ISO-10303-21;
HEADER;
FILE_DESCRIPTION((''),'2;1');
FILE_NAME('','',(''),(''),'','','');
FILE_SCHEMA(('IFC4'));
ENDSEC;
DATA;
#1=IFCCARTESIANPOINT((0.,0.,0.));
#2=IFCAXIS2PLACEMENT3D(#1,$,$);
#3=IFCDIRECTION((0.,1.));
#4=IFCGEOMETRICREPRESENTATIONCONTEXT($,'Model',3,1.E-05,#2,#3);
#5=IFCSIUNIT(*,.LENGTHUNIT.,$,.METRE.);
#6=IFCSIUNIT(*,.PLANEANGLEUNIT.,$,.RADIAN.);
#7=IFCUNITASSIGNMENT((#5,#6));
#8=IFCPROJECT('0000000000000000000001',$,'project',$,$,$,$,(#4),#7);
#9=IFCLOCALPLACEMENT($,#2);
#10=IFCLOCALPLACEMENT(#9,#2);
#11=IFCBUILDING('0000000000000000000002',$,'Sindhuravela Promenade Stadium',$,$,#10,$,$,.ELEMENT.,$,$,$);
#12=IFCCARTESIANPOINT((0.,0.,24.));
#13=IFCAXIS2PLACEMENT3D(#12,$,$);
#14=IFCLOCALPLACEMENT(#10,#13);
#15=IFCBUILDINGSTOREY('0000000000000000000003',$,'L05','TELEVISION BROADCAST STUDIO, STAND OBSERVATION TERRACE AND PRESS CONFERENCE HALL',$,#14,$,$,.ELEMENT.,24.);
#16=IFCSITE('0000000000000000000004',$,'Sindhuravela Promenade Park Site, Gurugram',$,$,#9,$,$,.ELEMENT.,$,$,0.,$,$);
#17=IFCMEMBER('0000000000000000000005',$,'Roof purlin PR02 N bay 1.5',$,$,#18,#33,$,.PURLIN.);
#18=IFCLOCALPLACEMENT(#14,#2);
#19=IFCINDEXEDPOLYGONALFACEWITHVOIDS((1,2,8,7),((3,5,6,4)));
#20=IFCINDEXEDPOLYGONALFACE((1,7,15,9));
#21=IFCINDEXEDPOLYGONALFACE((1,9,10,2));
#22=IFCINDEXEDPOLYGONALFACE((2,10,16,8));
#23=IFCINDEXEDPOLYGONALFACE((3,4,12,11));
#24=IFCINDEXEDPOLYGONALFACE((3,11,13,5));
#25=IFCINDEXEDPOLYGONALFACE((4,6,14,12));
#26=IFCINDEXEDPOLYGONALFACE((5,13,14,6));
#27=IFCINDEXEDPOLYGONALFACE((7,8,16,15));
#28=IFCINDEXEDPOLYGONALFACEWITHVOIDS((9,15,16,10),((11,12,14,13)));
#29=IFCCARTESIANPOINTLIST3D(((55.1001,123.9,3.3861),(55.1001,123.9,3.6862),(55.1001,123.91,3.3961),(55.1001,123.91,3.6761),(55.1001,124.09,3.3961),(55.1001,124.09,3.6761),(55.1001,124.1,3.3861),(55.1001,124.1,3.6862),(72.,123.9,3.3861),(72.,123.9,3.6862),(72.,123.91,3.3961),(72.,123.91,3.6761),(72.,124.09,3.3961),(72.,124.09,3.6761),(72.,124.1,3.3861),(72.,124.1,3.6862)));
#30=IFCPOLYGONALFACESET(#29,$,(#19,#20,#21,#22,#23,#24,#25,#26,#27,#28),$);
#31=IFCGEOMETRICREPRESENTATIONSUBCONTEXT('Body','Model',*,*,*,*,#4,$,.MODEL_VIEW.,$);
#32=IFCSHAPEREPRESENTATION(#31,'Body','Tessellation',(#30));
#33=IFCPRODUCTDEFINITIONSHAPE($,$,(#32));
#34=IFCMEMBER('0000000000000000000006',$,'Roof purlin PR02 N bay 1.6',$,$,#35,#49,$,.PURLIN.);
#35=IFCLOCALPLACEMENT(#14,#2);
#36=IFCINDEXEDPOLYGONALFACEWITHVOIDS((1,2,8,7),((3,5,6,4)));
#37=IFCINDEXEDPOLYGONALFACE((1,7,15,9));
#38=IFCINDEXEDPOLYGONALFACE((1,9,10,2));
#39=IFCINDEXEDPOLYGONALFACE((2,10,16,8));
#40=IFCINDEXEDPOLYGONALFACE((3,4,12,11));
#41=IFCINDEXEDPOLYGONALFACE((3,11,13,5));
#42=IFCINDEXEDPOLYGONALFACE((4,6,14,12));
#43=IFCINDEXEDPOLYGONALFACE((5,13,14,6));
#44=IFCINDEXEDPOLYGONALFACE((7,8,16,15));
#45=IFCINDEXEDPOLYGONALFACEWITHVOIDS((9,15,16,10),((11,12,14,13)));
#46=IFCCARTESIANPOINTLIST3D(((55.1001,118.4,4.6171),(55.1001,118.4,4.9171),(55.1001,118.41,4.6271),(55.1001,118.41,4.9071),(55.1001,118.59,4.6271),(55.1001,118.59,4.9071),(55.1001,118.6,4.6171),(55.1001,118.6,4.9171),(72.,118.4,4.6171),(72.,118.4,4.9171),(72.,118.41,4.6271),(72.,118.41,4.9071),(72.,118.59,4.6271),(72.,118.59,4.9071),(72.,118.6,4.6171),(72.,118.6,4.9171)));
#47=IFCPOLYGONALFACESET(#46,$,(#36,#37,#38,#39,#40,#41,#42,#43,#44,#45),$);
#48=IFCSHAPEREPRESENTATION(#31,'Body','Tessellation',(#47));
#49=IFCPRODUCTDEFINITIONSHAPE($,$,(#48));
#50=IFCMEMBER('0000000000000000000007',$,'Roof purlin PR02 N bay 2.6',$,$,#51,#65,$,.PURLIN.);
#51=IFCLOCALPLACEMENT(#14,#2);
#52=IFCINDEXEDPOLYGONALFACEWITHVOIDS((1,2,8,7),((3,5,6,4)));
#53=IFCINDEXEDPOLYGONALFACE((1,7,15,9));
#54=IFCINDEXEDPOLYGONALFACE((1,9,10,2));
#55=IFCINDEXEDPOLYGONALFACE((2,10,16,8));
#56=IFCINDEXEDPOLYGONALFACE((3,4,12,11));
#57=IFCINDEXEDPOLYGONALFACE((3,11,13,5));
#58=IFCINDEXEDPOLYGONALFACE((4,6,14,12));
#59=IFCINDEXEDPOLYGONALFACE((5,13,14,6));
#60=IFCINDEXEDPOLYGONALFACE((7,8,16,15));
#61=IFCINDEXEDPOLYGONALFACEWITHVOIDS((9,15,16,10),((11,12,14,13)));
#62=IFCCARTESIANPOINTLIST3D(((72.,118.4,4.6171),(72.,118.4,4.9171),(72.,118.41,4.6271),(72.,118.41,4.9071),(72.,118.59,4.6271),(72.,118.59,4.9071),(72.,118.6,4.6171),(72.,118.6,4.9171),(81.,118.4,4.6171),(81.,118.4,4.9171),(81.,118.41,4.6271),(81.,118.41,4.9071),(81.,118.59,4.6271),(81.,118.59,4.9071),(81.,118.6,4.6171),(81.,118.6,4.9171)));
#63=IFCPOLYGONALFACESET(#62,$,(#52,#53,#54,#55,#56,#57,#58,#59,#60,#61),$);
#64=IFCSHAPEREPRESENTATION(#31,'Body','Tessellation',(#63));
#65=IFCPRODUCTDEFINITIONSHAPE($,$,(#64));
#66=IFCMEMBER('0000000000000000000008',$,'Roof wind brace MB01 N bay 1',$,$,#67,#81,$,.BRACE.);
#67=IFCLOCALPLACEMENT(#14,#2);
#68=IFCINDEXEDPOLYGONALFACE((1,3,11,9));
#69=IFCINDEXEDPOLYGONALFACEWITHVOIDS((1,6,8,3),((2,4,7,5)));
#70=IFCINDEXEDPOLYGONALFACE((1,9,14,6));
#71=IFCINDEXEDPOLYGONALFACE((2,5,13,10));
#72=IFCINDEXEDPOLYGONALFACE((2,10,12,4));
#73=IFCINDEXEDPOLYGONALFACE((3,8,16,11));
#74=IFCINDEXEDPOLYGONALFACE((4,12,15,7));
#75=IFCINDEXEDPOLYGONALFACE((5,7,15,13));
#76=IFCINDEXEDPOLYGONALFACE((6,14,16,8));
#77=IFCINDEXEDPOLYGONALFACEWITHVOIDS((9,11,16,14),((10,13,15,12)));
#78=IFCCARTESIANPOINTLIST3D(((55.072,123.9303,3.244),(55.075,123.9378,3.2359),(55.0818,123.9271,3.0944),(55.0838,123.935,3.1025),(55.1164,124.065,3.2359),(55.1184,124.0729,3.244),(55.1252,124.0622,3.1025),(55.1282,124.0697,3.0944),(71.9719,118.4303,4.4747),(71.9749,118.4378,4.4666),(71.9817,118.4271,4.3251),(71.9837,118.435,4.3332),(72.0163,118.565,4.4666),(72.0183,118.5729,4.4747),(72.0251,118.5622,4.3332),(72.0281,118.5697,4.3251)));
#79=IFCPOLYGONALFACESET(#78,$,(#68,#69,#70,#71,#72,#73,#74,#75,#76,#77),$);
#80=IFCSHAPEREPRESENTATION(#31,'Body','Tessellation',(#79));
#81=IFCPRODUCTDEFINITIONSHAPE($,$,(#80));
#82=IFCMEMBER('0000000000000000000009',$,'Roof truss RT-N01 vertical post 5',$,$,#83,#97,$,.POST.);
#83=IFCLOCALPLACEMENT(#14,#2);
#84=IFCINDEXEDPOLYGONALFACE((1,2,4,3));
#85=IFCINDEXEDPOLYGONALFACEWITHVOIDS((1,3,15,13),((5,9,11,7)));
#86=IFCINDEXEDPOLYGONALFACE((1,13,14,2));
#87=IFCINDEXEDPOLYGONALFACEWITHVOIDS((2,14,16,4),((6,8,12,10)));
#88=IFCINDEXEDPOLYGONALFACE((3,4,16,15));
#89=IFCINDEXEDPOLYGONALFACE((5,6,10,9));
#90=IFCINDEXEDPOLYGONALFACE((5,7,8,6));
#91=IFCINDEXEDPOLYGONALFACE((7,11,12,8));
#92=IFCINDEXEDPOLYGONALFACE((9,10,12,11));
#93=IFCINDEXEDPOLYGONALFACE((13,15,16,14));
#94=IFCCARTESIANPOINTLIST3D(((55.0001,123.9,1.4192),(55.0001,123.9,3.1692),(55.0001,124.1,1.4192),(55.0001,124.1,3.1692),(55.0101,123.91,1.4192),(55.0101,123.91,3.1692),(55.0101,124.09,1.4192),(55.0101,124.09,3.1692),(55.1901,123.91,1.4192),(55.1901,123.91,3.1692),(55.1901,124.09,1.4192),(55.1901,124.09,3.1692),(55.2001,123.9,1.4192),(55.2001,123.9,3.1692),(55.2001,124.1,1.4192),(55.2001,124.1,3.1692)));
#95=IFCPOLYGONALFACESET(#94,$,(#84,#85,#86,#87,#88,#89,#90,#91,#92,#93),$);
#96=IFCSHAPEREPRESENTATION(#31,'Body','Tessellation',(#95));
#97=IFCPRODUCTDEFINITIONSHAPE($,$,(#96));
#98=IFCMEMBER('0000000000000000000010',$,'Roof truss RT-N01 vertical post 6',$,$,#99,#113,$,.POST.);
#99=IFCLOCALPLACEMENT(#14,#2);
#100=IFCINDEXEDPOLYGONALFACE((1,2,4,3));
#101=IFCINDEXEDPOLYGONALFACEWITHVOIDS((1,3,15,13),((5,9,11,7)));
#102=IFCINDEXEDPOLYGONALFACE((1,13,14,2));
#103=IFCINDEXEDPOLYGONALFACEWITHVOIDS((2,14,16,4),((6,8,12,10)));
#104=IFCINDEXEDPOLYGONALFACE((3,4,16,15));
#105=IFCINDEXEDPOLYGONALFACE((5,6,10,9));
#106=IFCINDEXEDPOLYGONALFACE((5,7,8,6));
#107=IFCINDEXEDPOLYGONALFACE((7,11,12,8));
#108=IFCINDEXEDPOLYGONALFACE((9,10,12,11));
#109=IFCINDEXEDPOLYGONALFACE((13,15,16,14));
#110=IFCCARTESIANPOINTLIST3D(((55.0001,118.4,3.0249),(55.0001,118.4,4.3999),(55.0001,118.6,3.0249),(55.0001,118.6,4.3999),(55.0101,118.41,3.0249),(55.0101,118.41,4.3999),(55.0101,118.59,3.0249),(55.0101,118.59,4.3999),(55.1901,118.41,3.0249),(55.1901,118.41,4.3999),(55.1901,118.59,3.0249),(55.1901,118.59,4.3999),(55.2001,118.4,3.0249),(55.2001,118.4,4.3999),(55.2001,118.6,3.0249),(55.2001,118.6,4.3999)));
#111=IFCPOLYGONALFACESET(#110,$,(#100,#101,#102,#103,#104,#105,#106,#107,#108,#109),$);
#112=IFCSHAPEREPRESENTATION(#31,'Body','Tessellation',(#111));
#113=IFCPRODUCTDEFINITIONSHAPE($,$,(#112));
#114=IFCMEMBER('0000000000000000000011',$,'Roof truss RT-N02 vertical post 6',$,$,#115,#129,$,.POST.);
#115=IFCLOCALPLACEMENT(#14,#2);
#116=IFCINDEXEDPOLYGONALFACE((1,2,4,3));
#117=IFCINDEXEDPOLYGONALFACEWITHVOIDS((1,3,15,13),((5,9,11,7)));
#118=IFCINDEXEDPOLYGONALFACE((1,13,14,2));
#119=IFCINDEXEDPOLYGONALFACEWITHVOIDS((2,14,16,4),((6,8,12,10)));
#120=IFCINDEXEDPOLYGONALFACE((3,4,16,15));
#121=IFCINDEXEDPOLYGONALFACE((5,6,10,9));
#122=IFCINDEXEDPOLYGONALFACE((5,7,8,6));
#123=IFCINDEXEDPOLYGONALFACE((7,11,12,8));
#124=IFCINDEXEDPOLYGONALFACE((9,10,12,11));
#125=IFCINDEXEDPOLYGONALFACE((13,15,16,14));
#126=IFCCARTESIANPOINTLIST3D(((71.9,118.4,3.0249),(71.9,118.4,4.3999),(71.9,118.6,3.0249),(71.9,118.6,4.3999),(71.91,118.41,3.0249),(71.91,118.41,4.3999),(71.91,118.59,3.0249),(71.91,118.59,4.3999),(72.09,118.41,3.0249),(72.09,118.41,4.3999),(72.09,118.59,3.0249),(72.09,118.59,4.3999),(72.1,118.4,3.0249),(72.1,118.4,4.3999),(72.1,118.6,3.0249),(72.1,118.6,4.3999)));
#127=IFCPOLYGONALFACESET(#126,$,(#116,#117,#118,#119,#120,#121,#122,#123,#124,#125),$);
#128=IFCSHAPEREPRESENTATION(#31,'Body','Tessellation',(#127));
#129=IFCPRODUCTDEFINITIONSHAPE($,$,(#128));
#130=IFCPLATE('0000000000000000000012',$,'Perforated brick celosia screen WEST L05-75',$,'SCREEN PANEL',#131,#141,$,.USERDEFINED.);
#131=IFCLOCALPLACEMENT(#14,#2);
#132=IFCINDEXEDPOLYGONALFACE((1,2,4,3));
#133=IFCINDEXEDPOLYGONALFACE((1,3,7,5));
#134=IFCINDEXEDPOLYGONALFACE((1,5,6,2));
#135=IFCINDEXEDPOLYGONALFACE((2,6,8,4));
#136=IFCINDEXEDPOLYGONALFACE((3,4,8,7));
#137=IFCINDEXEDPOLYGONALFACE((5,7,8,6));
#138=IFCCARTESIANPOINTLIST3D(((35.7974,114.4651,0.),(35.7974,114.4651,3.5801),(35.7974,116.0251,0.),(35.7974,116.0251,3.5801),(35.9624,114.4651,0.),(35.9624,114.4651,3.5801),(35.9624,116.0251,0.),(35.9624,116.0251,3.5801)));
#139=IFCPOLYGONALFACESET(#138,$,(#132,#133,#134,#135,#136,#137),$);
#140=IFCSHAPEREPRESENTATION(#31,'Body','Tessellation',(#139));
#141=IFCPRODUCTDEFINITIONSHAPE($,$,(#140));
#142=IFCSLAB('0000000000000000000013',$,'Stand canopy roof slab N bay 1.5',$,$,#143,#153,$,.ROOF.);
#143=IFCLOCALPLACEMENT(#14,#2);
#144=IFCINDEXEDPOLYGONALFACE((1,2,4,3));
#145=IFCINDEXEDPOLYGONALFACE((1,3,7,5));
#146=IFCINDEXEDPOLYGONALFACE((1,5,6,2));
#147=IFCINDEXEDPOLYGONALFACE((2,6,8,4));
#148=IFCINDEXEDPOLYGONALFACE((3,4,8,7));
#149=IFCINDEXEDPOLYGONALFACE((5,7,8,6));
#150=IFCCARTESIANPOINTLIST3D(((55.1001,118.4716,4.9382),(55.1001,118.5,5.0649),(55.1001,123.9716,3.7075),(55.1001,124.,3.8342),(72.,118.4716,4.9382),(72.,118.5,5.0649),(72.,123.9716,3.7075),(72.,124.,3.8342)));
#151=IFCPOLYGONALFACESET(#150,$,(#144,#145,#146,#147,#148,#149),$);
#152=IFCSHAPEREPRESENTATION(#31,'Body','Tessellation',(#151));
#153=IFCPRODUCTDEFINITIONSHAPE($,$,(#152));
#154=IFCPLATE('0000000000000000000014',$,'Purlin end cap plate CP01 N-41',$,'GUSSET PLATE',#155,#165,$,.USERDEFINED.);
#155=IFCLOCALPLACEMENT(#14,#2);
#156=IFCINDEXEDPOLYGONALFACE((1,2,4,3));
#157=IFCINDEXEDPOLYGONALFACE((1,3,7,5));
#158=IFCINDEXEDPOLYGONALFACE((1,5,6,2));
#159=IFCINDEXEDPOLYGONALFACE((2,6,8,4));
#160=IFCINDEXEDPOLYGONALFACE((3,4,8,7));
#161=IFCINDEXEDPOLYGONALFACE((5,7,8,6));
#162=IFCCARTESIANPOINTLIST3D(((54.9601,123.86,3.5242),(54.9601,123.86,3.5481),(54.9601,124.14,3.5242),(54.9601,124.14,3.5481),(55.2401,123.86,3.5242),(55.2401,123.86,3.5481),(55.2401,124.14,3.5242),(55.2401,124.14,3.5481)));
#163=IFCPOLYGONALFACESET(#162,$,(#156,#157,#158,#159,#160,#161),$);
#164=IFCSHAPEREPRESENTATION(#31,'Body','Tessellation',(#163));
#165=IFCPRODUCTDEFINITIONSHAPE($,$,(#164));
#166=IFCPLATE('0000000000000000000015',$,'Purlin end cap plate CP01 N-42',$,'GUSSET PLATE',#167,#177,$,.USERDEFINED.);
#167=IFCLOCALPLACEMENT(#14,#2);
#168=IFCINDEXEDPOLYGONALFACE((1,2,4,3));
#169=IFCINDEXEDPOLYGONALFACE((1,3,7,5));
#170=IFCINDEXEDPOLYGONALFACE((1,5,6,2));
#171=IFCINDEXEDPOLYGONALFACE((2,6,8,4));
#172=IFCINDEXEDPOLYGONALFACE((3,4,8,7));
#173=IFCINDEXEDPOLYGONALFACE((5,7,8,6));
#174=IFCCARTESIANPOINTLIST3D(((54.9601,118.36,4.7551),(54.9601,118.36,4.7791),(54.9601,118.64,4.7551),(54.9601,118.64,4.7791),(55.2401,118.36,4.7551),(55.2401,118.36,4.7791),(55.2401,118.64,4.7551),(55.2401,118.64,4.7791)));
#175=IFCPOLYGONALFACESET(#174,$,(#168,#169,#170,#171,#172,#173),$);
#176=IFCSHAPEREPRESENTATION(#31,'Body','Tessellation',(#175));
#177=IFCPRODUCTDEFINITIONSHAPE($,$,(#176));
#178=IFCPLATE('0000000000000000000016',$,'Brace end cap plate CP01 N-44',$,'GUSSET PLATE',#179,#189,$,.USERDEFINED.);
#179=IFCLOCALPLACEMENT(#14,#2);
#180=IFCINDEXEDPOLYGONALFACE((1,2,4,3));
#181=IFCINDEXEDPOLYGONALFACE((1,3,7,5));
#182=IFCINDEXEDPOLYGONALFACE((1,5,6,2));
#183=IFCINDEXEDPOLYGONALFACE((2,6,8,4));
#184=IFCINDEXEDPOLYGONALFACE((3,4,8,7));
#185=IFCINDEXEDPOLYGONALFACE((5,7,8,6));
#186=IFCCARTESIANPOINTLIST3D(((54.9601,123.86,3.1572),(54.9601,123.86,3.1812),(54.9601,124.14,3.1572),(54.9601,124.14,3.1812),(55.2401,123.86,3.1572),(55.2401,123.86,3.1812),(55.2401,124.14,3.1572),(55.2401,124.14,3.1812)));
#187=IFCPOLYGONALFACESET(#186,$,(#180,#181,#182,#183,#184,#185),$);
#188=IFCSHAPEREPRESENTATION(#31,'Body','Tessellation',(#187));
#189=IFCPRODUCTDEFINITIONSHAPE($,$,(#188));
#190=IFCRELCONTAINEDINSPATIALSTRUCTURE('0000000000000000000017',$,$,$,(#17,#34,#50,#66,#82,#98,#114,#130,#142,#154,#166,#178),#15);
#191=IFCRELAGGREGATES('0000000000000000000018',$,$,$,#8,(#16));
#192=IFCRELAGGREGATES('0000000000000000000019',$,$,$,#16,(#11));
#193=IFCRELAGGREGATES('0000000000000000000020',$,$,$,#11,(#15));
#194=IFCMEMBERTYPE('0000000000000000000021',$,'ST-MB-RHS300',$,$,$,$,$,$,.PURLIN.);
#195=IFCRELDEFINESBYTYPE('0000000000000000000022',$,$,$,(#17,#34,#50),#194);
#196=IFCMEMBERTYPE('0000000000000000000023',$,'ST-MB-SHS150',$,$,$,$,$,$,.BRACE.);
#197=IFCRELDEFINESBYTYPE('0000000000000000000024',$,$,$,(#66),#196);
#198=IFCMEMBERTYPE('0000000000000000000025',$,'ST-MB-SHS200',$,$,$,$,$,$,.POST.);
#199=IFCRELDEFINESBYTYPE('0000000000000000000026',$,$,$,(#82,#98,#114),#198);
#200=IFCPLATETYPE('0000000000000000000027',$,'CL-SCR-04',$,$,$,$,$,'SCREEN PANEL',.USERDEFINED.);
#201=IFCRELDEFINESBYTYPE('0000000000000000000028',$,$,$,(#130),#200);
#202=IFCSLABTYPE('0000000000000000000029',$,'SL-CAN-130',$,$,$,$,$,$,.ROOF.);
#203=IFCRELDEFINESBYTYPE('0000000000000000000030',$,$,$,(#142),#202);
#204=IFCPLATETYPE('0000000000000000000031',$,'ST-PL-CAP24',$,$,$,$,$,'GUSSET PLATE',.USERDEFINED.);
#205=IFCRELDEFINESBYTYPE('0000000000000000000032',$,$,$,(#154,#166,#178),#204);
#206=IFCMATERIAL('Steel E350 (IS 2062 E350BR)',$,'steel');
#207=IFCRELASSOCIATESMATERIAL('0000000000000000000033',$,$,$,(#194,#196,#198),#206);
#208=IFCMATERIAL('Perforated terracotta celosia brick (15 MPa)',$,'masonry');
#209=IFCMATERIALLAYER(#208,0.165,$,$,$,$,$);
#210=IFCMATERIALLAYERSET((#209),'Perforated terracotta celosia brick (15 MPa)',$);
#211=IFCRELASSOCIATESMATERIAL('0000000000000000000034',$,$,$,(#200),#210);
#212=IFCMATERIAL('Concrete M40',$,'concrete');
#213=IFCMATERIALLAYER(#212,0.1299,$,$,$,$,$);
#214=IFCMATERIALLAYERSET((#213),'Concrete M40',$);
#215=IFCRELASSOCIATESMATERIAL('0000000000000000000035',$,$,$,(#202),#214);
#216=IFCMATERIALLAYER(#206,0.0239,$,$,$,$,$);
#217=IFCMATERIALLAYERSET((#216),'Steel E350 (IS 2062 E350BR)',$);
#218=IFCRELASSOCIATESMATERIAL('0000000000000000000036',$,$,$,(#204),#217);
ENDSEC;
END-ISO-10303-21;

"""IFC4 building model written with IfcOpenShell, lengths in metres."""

from ifc_helpers import new_model, si_unit, direction, frame, origin, origin_2d, place, context, subcontext, project, spatial, polyline, rectangle, hollow_rectangle, outline, extrude, material, layer, layer_set, material_profile, profile_set, type_object, element, save


model = new_model("IFC4")

# Units and contexts
model_context = context("Model", 3, precision=1e-05, world=origin(), true_north=direction((0.0, 1.0)))
body_context = subcontext(model_context, "Body", "Model", "MODEL_VIEW")
ifc_project = project(units=[si_unit("LENGTHUNIT", "METRE"), si_unit("PLANEANGLEUNIT", "RADIAN")], contexts=[model_context])

# Site, building, storey
site_placement = place(None, origin())
site = spatial("IfcSite", under=ifc_project, at=site_placement, Name="Sindhuravela Promenade Park Site, Gurugram", CompositionType="ELEMENT", RefElevation=0.0)
building_placement = place(site_placement, origin())
building = spatial("IfcBuilding", under=site, at=building_placement, Name="Sindhuravela Promenade Stadium", CompositionType="ELEMENT")
storey_placement = place(building_placement, frame((0.0, 0.0, 24.0)))
storey = spatial("IfcBuildingStorey", under=building, at=storey_placement, Name="L05", Description="TELEVISION BROADCAST STUDIO, STAND OBSERVATION TERRACE AND PRESS CONFERENCE HALL", CompositionType="ELEMENT", Elevation=24.0)

# Shared definitions
ifc_material_1 = material(Name="Concrete M40", Category="concrete")

# Shared definitions
ifc_material_2 = material(Name="Steel E350 (IS 2062 E350BR)", Category="steel")

# Members
ifc_material_profile_1 = material_profile(ifc_material_2, hollow_rectangle(XDim=0.2, YDim=0.3, WallThickness=0.01, at=origin_2d()), Name="RHS 300x200x10")
ifc_profile_set_1 = profile_set([ifc_material_profile_1], Name="Steel E350 (IS 2062 E350BR)")
member_type_1 = type_object("IfcMemberType", Name="ST-MB-RHS300", PredefinedType="PURLIN", material=ifc_profile_set_1)
for number, where, z_axis, x_axis, name in (
    (1, (55.1001, 124.0, 3.5361), (1.0, 0.0, 0.0), (0.0, 1.0, 0.0), "Roof purlin PR02 N bay 1.5"),
    (2, (55.1001, 118.5, 4.7671), (1.0, 0.0, 0.0), (0.0, 1.0, 0.0), "Roof purlin PR02 N bay 1.6"),
):
    element("IfcMember", number, at=place(storey_placement, frame(where, z_axis=z_axis, x_axis=x_axis)), inside=storey, type_object=member_type_1, Name=name, PredefinedType="PURLIN", context=body_context, shape_type="SweptSolid", body=[
        extrude(hollow_rectangle(XDim=0.2, YDim=0.3, WallThickness=0.01, at=origin_2d()), origin(), (0.0, 0.0, 1.0), 16.8999),
    ])
member_1_placement = place(storey_placement, frame((72.0, 118.5, 4.7671), z_axis=(1.0, 0.0, 0.0), x_axis=(0.0, 1.0, 0.0)))
element("IfcMember", 3, at=member_1_placement, inside=storey, type_object=member_type_1, Name="Roof purlin PR02 N bay 2.6", PredefinedType="PURLIN", context=body_context, shape_type="SweptSolid", body=[
    extrude(hollow_rectangle(XDim=0.2, YDim=0.3, WallThickness=0.01, at=origin_2d()), origin(), (0.0, 0.0, 1.0), 9.0),
])
ifc_material_profile_2 = material_profile(ifc_material_2, hollow_rectangle(XDim=0.1499, YDim=0.1499, WallThickness=0.0081, at=origin_2d()), Name="SHS 150x150x8")
ifc_profile_set_2 = profile_set([ifc_material_profile_2], Name="Steel E350 (IS 2062 E350BR)")
member_type_2 = type_object("IfcMemberType", Name="ST-MB-SHS150", PredefinedType="BRACE", material=ifc_profile_set_2)
member_2_placement = place(storey_placement, frame((55.1001, 124.0, 3.1692), z_axis=(0.948638, -0.30873, 0.069083), x_axis=(0.309469, 0.950909, 0.0)))
element("IfcMember", 4, at=member_2_placement, inside=storey, type_object=member_type_2, Name="Roof wind brace MB01 N bay 1", PredefinedType="BRACE", context=body_context, shape_type="SweptSolid", body=[
    extrude(hollow_rectangle(XDim=0.1499, YDim=0.1499, WallThickness=0.0081, at=origin_2d()), origin(), (0.0, 0.0, 1.0), 17.8149),
])
ifc_material_profile_3 = material_profile(ifc_material_2, hollow_rectangle(XDim=0.2, YDim=0.2, WallThickness=0.01, at=origin_2d()), Name="SHS 200x200x10")
ifc_profile_set_3 = profile_set([ifc_material_profile_3], Name="Steel E350 (IS 2062 E350BR)")
member_type_3 = type_object("IfcMemberType", Name="ST-MB-SHS200", PredefinedType="POST", material=ifc_profile_set_3)
member_3_placement = place(storey_placement, frame((55.1001, 124.0, 1.4192), z_axis=(0.0, 0.0, 1.0), x_axis=(1.0, 0.0, 0.0)))
element("IfcMember", 5, at=member_3_placement, inside=storey, type_object=member_type_3, Name="Roof truss RT-N01 vertical post 5", PredefinedType="POST", context=body_context, shape_type="SweptSolid", body=[
    extrude(hollow_rectangle(XDim=0.2, YDim=0.2, WallThickness=0.01, at=origin_2d()), origin(), (0.0, 0.0, 1.0), 1.75),
])
for number, where, z_axis, x_axis, name in (
    (6, (55.1001, 118.5, 3.0249), (0.0, 0.0, 1.0), (1.0, 0.0, 0.0), "Roof truss RT-N01 vertical post 6"),
    (7, (72.0, 118.5, 3.0249), (0.0, 0.0, 1.0), (1.0, 0.0, 0.0), "Roof truss RT-N02 vertical post 6"),
):
    element("IfcMember", number, at=place(storey_placement, frame(where, z_axis=z_axis, x_axis=x_axis)), inside=storey, type_object=member_type_3, Name=name, PredefinedType="POST", context=body_context, shape_type="SweptSolid", body=[
        extrude(hollow_rectangle(XDim=0.2, YDim=0.2, WallThickness=0.01, at=origin_2d()), origin(), (0.0, 0.0, 1.0), 1.375),
    ])

# Plate
ifc_material_3 = material(Name="Perforated terracotta celosia brick (15 MPa)", Category="masonry")
ifc_layer_1 = layer(ifc_material_3, 0.165)
ifc_layer_set_1 = layer_set([ifc_layer_1], Name="Perforated terracotta celosia brick (15 MPa)")
plate_type_1 = type_object("IfcPlateType", Name="CL-SCR-04", ElementType="SCREEN PANEL", PredefinedType="USERDEFINED", material=ifc_layer_set_1)
plate_1_placement = place(storey_placement, frame((35.8799, 115.2451, 0.0), z_axis=(0.0, 0.0, 1.0), x_axis=(0.0, -1.0, 0.0)))
element("IfcPlate", 8, at=plate_1_placement, inside=storey, type_object=plate_type_1, Name="Perforated brick celosia screen WEST L05-75", ObjectType="SCREEN PANEL", PredefinedType="USERDEFINED", context=body_context, shape_type="SweptSolid", body=[
    extrude(rectangle(XDim=1.5601, YDim=0.165, at=origin_2d()), origin(), (0.0, 0.0, 1.0), 3.5801),
])

# Slab
ifc_layer_2 = layer(ifc_material_1, 0.1299)
ifc_layer_set_2 = layer_set([ifc_layer_2], Name="Concrete M40")
slab_type = type_object("IfcSlabType", Name="SL-CAN-130", PredefinedType="ROOF", material=ifc_layer_set_2)
slab_placement = place(storey_placement, frame((55.1001, 124.0, 3.8342), z_axis=(0.0, 0.218366, 0.975867), x_axis=(1.0, 0.0, 0.0)))
element("IfcSlab", 9, at=slab_placement, inside=storey, type_object=slab_type, Name="Stand canopy roof slab N bay 1.5", PredefinedType="ROOF", context=body_context, shape_type="SweptSolid", body=[
    extrude(outline(polyline([(0.0, 0.0), (0.0, -5.636), (16.8999, -5.636), (16.8999, 0.0), (0.0, 0.0)])), origin(), (0.0, 0.0, -1.0), 0.1299),
])

# Plates
ifc_layer_3 = layer(ifc_material_2, 0.0239)
ifc_layer_set_3 = layer_set([ifc_layer_3], Name="Steel E350 (IS 2062 E350BR)")
plate_type_2 = type_object("IfcPlateType", Name="ST-PL-CAP24", ElementType="GUSSET PLATE", PredefinedType="USERDEFINED", material=ifc_layer_set_3)
for number, where, z_axis, x_axis, name in (
    (10, (55.1001, 124.0, 3.5242), (0.0, 0.0, 1.0), (1.0, 0.0, 0.0), "Purlin end cap plate CP01 N-41"),
    (11, (55.1001, 118.5, 4.7551), (0.0, 0.0, 1.0), (1.0, 0.0, 0.0), "Purlin end cap plate CP01 N-42"),
    (12, (55.1001, 124.0, 3.1572), (0.0, 0.0, 1.0), (1.0, 0.0, 0.0), "Brace end cap plate CP01 N-44"),
):
    element("IfcPlate", number, at=place(storey_placement, frame(where, z_axis=z_axis, x_axis=x_axis)), inside=storey, type_object=plate_type_2, Name=name, ObjectType="GUSSET PLATE", PredefinedType="USERDEFINED", context=body_context, shape_type="SweptSolid", body=[
        extrude(rectangle(XDim=0.28, YDim=0.28, at=origin_2d()), origin(), (0.0, 0.0, 1.0), 0.0239),
    ])

save(model, "model.ifc")
